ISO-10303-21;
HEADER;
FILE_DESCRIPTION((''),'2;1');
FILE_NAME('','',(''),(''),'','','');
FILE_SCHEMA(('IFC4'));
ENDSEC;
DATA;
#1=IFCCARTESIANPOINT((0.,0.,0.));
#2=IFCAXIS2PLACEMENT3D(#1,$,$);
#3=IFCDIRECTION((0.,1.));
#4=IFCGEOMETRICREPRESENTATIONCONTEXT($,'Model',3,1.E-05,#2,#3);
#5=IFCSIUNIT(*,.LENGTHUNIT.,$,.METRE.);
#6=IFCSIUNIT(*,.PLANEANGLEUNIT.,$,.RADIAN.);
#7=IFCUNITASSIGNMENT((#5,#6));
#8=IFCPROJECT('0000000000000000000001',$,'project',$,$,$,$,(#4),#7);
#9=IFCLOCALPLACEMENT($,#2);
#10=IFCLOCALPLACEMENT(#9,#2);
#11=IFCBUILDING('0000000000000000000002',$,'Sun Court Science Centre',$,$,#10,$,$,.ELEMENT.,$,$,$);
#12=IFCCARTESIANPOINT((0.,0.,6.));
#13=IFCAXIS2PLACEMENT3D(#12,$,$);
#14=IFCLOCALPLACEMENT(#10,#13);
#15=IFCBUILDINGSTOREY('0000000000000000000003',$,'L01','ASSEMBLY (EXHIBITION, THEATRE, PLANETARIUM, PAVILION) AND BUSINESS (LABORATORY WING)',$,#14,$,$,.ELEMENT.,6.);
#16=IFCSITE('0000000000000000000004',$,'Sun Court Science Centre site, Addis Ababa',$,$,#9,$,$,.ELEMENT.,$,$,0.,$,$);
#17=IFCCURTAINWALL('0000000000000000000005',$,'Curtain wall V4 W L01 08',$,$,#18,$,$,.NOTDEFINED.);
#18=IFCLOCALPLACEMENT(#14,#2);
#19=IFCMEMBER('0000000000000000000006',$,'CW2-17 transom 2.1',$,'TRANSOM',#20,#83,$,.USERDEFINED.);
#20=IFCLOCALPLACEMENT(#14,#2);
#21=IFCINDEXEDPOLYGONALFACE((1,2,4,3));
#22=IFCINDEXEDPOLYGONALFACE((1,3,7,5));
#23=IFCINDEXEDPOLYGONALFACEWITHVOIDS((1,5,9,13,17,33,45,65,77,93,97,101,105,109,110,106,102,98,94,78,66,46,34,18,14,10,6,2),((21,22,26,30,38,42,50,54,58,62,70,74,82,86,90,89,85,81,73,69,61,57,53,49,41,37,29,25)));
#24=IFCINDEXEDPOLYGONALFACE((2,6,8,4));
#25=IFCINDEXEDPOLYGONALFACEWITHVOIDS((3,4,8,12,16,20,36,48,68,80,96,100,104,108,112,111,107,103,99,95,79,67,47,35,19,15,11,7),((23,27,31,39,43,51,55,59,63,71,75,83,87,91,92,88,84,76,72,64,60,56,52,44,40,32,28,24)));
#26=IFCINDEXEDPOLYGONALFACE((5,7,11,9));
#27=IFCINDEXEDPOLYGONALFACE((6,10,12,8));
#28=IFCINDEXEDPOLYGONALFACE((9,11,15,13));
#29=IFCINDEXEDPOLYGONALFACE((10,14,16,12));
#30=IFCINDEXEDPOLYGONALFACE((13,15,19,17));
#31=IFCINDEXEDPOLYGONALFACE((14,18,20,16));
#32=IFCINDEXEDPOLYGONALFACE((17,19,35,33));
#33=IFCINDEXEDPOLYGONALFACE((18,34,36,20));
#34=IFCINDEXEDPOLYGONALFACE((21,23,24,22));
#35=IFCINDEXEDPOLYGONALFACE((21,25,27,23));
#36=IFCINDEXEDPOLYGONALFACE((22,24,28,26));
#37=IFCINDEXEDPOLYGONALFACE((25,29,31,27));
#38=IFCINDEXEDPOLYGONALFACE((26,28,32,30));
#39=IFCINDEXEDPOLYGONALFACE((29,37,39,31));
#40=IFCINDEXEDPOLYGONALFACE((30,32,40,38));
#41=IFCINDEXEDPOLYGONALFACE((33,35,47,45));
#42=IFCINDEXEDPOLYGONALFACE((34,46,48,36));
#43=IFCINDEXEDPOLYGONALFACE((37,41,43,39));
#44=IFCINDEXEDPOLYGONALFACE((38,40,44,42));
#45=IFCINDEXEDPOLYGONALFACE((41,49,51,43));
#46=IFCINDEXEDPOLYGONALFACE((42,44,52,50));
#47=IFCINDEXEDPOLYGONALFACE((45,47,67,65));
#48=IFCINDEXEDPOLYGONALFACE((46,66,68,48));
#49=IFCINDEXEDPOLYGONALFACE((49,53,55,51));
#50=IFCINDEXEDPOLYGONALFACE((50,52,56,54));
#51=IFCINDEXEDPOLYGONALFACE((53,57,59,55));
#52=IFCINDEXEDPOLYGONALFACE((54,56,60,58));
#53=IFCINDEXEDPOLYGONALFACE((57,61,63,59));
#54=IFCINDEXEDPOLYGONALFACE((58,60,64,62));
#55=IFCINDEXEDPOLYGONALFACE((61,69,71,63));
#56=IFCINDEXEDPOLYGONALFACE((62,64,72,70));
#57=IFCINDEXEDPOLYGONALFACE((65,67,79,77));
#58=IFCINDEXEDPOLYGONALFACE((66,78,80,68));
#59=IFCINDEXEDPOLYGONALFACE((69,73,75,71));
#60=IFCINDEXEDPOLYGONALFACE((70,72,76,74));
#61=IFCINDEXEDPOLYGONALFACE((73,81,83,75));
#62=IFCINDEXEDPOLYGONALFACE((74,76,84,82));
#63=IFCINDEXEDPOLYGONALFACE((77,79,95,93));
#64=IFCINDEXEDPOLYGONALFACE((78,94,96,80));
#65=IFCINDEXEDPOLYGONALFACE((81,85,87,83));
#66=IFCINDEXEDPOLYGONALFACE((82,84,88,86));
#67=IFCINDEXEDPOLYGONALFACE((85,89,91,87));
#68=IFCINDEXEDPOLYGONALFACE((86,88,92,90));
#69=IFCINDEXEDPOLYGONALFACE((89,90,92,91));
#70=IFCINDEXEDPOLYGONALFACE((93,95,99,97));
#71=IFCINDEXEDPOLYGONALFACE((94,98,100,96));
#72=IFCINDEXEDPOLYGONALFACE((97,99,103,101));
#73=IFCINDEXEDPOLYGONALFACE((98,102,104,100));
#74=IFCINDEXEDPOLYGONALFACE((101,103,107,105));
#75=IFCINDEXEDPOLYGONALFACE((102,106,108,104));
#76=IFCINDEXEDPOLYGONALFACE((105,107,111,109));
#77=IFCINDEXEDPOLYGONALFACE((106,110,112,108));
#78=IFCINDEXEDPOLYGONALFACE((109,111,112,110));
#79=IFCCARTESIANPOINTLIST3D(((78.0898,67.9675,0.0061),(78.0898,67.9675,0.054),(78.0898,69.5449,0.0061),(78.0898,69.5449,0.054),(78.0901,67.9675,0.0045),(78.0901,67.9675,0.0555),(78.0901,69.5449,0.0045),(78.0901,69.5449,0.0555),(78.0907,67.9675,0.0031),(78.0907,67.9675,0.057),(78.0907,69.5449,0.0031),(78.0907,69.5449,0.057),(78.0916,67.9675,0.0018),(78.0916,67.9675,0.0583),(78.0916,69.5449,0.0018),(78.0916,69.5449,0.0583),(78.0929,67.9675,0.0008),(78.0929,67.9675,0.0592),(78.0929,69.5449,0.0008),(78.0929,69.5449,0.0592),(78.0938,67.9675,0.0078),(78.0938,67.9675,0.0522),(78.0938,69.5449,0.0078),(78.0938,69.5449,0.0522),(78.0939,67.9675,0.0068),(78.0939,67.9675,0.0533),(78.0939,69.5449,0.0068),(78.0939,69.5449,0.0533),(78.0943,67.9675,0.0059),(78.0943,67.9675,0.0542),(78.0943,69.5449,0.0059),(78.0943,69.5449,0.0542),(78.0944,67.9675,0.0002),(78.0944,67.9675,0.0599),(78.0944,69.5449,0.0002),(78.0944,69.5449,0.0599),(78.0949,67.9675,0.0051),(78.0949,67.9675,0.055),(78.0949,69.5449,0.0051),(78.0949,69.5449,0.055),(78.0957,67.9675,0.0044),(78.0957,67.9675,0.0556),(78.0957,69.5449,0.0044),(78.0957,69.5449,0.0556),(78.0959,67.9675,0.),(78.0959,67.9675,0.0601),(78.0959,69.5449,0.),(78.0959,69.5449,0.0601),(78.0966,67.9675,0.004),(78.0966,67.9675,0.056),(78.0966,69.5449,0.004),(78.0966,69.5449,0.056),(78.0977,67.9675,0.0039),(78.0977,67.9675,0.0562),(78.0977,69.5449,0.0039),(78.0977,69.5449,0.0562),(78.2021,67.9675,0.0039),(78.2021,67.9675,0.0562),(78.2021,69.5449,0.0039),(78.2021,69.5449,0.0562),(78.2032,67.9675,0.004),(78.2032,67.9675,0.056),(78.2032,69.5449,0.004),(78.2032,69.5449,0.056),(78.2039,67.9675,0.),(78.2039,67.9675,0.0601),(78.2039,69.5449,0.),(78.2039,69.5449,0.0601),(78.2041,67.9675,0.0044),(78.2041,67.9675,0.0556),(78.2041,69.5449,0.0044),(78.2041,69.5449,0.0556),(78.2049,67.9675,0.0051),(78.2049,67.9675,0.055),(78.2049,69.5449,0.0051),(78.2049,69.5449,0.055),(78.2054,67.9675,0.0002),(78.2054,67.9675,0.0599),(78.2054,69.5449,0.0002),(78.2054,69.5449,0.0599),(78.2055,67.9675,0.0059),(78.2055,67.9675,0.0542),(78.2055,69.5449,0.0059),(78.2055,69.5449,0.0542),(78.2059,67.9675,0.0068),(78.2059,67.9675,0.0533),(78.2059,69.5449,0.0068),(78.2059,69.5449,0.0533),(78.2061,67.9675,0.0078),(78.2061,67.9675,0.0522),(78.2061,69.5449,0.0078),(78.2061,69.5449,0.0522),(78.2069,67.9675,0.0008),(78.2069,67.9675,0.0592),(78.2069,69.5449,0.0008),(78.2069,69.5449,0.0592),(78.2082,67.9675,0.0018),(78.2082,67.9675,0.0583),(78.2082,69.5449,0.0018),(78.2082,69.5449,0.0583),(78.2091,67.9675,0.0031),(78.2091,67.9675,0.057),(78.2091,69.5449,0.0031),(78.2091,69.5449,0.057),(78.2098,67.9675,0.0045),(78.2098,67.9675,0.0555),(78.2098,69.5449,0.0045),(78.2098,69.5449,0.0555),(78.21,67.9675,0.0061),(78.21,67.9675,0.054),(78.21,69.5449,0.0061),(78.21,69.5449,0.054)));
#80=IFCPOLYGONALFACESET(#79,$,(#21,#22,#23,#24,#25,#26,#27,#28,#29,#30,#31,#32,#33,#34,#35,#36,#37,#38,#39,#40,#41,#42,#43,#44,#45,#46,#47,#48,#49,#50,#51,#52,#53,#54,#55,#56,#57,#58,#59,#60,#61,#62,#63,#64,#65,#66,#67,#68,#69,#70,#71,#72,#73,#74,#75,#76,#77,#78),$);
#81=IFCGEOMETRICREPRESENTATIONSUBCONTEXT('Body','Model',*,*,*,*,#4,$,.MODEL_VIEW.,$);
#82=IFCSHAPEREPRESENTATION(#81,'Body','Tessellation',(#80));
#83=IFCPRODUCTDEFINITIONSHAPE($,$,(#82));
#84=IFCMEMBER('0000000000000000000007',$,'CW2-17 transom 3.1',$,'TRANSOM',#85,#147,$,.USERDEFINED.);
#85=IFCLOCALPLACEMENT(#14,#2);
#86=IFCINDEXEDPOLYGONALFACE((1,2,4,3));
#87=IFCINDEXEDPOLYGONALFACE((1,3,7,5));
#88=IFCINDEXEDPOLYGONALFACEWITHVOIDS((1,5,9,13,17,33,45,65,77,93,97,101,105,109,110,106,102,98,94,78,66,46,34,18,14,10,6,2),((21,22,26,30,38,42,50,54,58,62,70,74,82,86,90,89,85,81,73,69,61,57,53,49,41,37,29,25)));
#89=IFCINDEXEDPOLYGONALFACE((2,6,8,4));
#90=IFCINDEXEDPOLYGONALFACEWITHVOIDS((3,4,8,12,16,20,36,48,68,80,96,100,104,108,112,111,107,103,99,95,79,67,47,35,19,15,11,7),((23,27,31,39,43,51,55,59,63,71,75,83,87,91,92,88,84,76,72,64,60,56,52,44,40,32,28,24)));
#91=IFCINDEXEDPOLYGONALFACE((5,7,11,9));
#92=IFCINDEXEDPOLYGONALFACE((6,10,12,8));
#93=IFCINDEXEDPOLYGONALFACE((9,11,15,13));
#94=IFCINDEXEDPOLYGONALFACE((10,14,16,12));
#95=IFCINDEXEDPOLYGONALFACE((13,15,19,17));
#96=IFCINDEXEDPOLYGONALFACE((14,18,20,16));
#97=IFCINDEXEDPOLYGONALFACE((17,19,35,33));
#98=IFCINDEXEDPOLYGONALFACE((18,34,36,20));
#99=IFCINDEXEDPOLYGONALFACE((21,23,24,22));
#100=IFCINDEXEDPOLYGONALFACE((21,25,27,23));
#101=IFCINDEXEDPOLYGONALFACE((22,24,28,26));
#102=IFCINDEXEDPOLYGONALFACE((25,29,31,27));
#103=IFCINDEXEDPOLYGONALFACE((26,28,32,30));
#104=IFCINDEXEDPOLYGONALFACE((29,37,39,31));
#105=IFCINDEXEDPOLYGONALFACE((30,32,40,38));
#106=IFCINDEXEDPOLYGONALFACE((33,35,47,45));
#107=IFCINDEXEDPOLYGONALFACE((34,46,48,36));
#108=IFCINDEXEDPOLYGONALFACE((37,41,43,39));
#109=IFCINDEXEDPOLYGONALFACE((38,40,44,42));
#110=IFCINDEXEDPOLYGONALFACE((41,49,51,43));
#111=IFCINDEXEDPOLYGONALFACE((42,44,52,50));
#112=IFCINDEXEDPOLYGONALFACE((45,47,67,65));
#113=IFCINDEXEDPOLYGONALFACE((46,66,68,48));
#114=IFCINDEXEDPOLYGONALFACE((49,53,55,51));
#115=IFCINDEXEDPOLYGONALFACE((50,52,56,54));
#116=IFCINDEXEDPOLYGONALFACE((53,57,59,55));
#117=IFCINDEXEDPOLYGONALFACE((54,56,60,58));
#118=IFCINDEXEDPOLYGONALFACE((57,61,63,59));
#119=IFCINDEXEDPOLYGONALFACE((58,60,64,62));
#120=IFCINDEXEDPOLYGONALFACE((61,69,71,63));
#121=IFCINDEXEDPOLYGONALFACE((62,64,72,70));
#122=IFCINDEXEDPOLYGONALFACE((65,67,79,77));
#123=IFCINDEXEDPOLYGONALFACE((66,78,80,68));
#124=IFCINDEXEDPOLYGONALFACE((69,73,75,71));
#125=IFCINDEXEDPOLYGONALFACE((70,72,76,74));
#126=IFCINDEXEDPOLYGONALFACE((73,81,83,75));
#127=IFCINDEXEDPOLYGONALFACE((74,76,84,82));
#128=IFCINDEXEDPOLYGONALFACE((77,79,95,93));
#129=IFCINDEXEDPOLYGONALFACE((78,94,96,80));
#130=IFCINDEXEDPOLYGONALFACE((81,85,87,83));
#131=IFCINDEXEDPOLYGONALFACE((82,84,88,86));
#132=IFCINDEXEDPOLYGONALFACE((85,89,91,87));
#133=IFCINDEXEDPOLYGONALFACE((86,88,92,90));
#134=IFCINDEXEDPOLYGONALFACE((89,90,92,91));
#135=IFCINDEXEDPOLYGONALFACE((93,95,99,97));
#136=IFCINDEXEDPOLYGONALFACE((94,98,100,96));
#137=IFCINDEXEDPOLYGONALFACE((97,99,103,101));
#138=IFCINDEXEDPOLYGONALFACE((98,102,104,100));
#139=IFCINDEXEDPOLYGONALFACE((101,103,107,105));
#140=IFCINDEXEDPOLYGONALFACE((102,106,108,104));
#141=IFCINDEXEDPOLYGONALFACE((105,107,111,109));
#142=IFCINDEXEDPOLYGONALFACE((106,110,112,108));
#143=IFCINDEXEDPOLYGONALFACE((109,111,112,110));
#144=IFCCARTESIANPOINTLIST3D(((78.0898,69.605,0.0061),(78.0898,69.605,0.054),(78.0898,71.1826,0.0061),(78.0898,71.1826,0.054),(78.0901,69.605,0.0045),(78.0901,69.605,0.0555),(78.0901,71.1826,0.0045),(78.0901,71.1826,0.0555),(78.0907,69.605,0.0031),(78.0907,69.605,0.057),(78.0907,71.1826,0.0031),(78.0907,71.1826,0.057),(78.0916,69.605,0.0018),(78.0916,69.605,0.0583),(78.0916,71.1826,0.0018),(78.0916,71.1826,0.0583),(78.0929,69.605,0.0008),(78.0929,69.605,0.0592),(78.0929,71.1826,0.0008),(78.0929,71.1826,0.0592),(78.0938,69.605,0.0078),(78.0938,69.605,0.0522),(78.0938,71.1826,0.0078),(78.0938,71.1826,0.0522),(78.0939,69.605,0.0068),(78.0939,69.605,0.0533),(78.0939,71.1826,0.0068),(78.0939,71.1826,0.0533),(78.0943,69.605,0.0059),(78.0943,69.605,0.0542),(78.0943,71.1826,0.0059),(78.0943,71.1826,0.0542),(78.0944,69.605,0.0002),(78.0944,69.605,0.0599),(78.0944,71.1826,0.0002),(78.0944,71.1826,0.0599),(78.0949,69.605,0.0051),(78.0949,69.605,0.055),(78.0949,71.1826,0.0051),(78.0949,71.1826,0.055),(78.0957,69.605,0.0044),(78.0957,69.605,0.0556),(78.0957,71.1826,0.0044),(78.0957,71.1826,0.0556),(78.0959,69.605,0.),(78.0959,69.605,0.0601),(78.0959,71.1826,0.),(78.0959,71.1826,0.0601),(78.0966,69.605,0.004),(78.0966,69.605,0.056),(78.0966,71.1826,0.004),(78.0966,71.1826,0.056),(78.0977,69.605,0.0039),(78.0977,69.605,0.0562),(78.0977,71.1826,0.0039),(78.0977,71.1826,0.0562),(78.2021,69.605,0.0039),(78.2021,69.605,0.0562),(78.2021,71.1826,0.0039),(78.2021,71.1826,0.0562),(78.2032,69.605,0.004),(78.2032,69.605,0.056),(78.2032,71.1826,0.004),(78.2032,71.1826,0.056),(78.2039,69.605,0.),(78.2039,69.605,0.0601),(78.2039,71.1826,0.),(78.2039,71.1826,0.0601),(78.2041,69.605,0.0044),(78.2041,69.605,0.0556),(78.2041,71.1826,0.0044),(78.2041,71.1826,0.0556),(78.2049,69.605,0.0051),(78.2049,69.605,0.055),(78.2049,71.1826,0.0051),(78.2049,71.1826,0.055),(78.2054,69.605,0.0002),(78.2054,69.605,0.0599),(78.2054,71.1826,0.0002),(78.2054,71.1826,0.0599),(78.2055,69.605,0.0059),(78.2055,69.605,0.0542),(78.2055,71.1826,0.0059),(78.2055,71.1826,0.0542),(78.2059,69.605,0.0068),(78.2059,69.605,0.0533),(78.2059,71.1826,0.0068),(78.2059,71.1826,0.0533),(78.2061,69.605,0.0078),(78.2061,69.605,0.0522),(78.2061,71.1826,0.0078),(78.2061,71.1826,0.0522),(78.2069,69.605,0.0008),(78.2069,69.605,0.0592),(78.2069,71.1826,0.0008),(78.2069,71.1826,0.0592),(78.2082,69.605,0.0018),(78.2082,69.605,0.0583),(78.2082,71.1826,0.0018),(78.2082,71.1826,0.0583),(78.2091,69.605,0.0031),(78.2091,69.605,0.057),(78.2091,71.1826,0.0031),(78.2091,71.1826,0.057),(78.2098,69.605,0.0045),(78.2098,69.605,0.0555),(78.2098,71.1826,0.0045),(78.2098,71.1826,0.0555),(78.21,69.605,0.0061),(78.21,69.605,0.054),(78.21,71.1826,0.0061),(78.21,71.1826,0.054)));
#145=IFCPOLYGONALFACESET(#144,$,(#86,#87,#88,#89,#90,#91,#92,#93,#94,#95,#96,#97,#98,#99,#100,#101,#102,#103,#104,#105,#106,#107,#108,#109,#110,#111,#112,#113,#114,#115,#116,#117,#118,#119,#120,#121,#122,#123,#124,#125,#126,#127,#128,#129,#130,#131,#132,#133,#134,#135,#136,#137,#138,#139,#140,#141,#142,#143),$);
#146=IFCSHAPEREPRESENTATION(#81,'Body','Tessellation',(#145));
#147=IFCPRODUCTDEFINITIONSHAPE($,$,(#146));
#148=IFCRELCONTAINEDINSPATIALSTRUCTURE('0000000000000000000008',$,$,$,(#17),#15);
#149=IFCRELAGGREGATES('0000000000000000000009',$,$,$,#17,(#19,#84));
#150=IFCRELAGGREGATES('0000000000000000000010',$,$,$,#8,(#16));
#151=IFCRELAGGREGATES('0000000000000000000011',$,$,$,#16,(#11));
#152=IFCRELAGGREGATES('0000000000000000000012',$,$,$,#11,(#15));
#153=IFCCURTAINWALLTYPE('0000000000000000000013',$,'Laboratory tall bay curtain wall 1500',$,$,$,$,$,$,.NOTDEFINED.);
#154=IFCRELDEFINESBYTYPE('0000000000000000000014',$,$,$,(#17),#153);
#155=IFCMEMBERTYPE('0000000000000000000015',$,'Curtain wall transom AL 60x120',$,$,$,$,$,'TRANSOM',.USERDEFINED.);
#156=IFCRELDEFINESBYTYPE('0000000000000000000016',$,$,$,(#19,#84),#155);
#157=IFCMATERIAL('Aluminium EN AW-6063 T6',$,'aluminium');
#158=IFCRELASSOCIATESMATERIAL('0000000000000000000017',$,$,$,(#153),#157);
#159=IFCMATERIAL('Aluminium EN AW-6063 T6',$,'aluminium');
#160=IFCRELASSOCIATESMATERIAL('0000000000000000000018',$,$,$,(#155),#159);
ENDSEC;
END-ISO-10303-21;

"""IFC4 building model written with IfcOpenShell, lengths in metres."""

from ifc_helpers import new_model, si_unit, direction, frame, origin, origin_2d, place, context, subcontext, project, spatial, hollow_rectangle, extrude, material, material_profile, profile_set, type_object, element, aggregate, save


model = new_model("IFC4")

# Units and contexts
model_context = context("Model", 3, precision=1e-05, world=origin(), true_north=direction((0.0, 1.0)))
body_context = subcontext(model_context, "Body", "Model", "MODEL_VIEW")
ifc_project = project(units=[si_unit("LENGTHUNIT", "METRE"), si_unit("PLANEANGLEUNIT", "RADIAN")], contexts=[model_context])

# Site, building, storey
site_placement = place(None, origin())
site = spatial("IfcSite", under=ifc_project, at=site_placement, Name="Sun Court Science Centre site, Addis Ababa", CompositionType="ELEMENT", RefElevation=0.0)
building_placement = place(site_placement, origin())
building = spatial("IfcBuilding", under=site, at=building_placement, Name="Sun Court Science Centre", CompositionType="ELEMENT")
storey_placement = place(building_placement, frame((0.0, 0.0, 6.0)))
storey = spatial("IfcBuildingStorey", under=building, at=storey_placement, Name="L01", Description="ASSEMBLY (EXHIBITION, THEATRE, PLANETARIUM, PAVILION) AND BUSINESS (LABORATORY WING)", CompositionType="ELEMENT", Elevation=6.0)

# Shared definitions
ifc_material_1 = material(Name="Aluminium EN AW-6063 T6", Category="aluminium")
curtain_wall_type = type_object("IfcCurtainWallType", Name="Laboratory tall bay curtain wall 1500", PredefinedType="NOTDEFINED", material=ifc_material_1)

# Curtain wall
curtain_wall_1_placement = place(storey_placement, origin())
curtain_wall_1 = element("IfcCurtainWall", 1, at=curtain_wall_1_placement, inside=storey, type_object=curtain_wall_type, Name="Curtain wall V4 W L01 08", PredefinedType="NOTDEFINED")

# Members
ifc_material_2 = material(Name="Aluminium EN AW-6063 T6", Category="aluminium")
ifc_material_profile_1 = material_profile(ifc_material_2, hollow_rectangle(XDim=0.0601, YDim=0.1201, WallThickness=0.0039, InnerFilletRadius=0.0039, OuterFilletRadius=0.0061, at=origin_2d()), Name="AL 60x120x4")
ifc_profile_set_1 = profile_set([ifc_material_profile_1], Name="Aluminium EN AW-6063 T6")
member_type_1 = type_object("IfcMemberType", Name="Curtain wall transom AL 60x120", ElementType="TRANSOM", PredefinedType="USERDEFINED", material=ifc_profile_set_1)
member_1_placement = place(storey_placement, frame((78.1499, 67.9675, 0.03), z_axis=(0.0, 1.0, 0.0), x_axis=(0.0, 0.0, 1.0)))
member_1 = element("IfcMember", 2, at=member_1_placement, type_object=member_type_1, Name="CW2-17 transom 2.1", ObjectType="TRANSOM", PredefinedType="USERDEFINED", context=body_context, shape_type="SweptSolid", body=[
    extrude(hollow_rectangle(XDim=0.0601, YDim=0.1201, WallThickness=0.0039, InnerFilletRadius=0.0039, OuterFilletRadius=0.0061, at=origin_2d()), origin(), (0.0, 0.0, 1.0), 1.5774),
])
member_2_placement = place(storey_placement, frame((78.1499, 69.605, 0.03), z_axis=(0.0, 1.0, 0.0), x_axis=(0.0, 0.0, 1.0)))
member_2 = element("IfcMember", 3, at=member_2_placement, type_object=member_type_1, Name="CW2-17 transom 3.1", ObjectType="TRANSOM", PredefinedType="USERDEFINED", context=body_context, shape_type="SweptSolid", body=[
    extrude(hollow_rectangle(XDim=0.0601, YDim=0.1201, WallThickness=0.0039, InnerFilletRadius=0.0039, OuterFilletRadius=0.0061, at=origin_2d()), origin(), (0.0, 0.0, 1.0), 1.5776),
])

aggregate(curtain_wall_1, [member_1, member_2])

save(model, "model.ifc")
